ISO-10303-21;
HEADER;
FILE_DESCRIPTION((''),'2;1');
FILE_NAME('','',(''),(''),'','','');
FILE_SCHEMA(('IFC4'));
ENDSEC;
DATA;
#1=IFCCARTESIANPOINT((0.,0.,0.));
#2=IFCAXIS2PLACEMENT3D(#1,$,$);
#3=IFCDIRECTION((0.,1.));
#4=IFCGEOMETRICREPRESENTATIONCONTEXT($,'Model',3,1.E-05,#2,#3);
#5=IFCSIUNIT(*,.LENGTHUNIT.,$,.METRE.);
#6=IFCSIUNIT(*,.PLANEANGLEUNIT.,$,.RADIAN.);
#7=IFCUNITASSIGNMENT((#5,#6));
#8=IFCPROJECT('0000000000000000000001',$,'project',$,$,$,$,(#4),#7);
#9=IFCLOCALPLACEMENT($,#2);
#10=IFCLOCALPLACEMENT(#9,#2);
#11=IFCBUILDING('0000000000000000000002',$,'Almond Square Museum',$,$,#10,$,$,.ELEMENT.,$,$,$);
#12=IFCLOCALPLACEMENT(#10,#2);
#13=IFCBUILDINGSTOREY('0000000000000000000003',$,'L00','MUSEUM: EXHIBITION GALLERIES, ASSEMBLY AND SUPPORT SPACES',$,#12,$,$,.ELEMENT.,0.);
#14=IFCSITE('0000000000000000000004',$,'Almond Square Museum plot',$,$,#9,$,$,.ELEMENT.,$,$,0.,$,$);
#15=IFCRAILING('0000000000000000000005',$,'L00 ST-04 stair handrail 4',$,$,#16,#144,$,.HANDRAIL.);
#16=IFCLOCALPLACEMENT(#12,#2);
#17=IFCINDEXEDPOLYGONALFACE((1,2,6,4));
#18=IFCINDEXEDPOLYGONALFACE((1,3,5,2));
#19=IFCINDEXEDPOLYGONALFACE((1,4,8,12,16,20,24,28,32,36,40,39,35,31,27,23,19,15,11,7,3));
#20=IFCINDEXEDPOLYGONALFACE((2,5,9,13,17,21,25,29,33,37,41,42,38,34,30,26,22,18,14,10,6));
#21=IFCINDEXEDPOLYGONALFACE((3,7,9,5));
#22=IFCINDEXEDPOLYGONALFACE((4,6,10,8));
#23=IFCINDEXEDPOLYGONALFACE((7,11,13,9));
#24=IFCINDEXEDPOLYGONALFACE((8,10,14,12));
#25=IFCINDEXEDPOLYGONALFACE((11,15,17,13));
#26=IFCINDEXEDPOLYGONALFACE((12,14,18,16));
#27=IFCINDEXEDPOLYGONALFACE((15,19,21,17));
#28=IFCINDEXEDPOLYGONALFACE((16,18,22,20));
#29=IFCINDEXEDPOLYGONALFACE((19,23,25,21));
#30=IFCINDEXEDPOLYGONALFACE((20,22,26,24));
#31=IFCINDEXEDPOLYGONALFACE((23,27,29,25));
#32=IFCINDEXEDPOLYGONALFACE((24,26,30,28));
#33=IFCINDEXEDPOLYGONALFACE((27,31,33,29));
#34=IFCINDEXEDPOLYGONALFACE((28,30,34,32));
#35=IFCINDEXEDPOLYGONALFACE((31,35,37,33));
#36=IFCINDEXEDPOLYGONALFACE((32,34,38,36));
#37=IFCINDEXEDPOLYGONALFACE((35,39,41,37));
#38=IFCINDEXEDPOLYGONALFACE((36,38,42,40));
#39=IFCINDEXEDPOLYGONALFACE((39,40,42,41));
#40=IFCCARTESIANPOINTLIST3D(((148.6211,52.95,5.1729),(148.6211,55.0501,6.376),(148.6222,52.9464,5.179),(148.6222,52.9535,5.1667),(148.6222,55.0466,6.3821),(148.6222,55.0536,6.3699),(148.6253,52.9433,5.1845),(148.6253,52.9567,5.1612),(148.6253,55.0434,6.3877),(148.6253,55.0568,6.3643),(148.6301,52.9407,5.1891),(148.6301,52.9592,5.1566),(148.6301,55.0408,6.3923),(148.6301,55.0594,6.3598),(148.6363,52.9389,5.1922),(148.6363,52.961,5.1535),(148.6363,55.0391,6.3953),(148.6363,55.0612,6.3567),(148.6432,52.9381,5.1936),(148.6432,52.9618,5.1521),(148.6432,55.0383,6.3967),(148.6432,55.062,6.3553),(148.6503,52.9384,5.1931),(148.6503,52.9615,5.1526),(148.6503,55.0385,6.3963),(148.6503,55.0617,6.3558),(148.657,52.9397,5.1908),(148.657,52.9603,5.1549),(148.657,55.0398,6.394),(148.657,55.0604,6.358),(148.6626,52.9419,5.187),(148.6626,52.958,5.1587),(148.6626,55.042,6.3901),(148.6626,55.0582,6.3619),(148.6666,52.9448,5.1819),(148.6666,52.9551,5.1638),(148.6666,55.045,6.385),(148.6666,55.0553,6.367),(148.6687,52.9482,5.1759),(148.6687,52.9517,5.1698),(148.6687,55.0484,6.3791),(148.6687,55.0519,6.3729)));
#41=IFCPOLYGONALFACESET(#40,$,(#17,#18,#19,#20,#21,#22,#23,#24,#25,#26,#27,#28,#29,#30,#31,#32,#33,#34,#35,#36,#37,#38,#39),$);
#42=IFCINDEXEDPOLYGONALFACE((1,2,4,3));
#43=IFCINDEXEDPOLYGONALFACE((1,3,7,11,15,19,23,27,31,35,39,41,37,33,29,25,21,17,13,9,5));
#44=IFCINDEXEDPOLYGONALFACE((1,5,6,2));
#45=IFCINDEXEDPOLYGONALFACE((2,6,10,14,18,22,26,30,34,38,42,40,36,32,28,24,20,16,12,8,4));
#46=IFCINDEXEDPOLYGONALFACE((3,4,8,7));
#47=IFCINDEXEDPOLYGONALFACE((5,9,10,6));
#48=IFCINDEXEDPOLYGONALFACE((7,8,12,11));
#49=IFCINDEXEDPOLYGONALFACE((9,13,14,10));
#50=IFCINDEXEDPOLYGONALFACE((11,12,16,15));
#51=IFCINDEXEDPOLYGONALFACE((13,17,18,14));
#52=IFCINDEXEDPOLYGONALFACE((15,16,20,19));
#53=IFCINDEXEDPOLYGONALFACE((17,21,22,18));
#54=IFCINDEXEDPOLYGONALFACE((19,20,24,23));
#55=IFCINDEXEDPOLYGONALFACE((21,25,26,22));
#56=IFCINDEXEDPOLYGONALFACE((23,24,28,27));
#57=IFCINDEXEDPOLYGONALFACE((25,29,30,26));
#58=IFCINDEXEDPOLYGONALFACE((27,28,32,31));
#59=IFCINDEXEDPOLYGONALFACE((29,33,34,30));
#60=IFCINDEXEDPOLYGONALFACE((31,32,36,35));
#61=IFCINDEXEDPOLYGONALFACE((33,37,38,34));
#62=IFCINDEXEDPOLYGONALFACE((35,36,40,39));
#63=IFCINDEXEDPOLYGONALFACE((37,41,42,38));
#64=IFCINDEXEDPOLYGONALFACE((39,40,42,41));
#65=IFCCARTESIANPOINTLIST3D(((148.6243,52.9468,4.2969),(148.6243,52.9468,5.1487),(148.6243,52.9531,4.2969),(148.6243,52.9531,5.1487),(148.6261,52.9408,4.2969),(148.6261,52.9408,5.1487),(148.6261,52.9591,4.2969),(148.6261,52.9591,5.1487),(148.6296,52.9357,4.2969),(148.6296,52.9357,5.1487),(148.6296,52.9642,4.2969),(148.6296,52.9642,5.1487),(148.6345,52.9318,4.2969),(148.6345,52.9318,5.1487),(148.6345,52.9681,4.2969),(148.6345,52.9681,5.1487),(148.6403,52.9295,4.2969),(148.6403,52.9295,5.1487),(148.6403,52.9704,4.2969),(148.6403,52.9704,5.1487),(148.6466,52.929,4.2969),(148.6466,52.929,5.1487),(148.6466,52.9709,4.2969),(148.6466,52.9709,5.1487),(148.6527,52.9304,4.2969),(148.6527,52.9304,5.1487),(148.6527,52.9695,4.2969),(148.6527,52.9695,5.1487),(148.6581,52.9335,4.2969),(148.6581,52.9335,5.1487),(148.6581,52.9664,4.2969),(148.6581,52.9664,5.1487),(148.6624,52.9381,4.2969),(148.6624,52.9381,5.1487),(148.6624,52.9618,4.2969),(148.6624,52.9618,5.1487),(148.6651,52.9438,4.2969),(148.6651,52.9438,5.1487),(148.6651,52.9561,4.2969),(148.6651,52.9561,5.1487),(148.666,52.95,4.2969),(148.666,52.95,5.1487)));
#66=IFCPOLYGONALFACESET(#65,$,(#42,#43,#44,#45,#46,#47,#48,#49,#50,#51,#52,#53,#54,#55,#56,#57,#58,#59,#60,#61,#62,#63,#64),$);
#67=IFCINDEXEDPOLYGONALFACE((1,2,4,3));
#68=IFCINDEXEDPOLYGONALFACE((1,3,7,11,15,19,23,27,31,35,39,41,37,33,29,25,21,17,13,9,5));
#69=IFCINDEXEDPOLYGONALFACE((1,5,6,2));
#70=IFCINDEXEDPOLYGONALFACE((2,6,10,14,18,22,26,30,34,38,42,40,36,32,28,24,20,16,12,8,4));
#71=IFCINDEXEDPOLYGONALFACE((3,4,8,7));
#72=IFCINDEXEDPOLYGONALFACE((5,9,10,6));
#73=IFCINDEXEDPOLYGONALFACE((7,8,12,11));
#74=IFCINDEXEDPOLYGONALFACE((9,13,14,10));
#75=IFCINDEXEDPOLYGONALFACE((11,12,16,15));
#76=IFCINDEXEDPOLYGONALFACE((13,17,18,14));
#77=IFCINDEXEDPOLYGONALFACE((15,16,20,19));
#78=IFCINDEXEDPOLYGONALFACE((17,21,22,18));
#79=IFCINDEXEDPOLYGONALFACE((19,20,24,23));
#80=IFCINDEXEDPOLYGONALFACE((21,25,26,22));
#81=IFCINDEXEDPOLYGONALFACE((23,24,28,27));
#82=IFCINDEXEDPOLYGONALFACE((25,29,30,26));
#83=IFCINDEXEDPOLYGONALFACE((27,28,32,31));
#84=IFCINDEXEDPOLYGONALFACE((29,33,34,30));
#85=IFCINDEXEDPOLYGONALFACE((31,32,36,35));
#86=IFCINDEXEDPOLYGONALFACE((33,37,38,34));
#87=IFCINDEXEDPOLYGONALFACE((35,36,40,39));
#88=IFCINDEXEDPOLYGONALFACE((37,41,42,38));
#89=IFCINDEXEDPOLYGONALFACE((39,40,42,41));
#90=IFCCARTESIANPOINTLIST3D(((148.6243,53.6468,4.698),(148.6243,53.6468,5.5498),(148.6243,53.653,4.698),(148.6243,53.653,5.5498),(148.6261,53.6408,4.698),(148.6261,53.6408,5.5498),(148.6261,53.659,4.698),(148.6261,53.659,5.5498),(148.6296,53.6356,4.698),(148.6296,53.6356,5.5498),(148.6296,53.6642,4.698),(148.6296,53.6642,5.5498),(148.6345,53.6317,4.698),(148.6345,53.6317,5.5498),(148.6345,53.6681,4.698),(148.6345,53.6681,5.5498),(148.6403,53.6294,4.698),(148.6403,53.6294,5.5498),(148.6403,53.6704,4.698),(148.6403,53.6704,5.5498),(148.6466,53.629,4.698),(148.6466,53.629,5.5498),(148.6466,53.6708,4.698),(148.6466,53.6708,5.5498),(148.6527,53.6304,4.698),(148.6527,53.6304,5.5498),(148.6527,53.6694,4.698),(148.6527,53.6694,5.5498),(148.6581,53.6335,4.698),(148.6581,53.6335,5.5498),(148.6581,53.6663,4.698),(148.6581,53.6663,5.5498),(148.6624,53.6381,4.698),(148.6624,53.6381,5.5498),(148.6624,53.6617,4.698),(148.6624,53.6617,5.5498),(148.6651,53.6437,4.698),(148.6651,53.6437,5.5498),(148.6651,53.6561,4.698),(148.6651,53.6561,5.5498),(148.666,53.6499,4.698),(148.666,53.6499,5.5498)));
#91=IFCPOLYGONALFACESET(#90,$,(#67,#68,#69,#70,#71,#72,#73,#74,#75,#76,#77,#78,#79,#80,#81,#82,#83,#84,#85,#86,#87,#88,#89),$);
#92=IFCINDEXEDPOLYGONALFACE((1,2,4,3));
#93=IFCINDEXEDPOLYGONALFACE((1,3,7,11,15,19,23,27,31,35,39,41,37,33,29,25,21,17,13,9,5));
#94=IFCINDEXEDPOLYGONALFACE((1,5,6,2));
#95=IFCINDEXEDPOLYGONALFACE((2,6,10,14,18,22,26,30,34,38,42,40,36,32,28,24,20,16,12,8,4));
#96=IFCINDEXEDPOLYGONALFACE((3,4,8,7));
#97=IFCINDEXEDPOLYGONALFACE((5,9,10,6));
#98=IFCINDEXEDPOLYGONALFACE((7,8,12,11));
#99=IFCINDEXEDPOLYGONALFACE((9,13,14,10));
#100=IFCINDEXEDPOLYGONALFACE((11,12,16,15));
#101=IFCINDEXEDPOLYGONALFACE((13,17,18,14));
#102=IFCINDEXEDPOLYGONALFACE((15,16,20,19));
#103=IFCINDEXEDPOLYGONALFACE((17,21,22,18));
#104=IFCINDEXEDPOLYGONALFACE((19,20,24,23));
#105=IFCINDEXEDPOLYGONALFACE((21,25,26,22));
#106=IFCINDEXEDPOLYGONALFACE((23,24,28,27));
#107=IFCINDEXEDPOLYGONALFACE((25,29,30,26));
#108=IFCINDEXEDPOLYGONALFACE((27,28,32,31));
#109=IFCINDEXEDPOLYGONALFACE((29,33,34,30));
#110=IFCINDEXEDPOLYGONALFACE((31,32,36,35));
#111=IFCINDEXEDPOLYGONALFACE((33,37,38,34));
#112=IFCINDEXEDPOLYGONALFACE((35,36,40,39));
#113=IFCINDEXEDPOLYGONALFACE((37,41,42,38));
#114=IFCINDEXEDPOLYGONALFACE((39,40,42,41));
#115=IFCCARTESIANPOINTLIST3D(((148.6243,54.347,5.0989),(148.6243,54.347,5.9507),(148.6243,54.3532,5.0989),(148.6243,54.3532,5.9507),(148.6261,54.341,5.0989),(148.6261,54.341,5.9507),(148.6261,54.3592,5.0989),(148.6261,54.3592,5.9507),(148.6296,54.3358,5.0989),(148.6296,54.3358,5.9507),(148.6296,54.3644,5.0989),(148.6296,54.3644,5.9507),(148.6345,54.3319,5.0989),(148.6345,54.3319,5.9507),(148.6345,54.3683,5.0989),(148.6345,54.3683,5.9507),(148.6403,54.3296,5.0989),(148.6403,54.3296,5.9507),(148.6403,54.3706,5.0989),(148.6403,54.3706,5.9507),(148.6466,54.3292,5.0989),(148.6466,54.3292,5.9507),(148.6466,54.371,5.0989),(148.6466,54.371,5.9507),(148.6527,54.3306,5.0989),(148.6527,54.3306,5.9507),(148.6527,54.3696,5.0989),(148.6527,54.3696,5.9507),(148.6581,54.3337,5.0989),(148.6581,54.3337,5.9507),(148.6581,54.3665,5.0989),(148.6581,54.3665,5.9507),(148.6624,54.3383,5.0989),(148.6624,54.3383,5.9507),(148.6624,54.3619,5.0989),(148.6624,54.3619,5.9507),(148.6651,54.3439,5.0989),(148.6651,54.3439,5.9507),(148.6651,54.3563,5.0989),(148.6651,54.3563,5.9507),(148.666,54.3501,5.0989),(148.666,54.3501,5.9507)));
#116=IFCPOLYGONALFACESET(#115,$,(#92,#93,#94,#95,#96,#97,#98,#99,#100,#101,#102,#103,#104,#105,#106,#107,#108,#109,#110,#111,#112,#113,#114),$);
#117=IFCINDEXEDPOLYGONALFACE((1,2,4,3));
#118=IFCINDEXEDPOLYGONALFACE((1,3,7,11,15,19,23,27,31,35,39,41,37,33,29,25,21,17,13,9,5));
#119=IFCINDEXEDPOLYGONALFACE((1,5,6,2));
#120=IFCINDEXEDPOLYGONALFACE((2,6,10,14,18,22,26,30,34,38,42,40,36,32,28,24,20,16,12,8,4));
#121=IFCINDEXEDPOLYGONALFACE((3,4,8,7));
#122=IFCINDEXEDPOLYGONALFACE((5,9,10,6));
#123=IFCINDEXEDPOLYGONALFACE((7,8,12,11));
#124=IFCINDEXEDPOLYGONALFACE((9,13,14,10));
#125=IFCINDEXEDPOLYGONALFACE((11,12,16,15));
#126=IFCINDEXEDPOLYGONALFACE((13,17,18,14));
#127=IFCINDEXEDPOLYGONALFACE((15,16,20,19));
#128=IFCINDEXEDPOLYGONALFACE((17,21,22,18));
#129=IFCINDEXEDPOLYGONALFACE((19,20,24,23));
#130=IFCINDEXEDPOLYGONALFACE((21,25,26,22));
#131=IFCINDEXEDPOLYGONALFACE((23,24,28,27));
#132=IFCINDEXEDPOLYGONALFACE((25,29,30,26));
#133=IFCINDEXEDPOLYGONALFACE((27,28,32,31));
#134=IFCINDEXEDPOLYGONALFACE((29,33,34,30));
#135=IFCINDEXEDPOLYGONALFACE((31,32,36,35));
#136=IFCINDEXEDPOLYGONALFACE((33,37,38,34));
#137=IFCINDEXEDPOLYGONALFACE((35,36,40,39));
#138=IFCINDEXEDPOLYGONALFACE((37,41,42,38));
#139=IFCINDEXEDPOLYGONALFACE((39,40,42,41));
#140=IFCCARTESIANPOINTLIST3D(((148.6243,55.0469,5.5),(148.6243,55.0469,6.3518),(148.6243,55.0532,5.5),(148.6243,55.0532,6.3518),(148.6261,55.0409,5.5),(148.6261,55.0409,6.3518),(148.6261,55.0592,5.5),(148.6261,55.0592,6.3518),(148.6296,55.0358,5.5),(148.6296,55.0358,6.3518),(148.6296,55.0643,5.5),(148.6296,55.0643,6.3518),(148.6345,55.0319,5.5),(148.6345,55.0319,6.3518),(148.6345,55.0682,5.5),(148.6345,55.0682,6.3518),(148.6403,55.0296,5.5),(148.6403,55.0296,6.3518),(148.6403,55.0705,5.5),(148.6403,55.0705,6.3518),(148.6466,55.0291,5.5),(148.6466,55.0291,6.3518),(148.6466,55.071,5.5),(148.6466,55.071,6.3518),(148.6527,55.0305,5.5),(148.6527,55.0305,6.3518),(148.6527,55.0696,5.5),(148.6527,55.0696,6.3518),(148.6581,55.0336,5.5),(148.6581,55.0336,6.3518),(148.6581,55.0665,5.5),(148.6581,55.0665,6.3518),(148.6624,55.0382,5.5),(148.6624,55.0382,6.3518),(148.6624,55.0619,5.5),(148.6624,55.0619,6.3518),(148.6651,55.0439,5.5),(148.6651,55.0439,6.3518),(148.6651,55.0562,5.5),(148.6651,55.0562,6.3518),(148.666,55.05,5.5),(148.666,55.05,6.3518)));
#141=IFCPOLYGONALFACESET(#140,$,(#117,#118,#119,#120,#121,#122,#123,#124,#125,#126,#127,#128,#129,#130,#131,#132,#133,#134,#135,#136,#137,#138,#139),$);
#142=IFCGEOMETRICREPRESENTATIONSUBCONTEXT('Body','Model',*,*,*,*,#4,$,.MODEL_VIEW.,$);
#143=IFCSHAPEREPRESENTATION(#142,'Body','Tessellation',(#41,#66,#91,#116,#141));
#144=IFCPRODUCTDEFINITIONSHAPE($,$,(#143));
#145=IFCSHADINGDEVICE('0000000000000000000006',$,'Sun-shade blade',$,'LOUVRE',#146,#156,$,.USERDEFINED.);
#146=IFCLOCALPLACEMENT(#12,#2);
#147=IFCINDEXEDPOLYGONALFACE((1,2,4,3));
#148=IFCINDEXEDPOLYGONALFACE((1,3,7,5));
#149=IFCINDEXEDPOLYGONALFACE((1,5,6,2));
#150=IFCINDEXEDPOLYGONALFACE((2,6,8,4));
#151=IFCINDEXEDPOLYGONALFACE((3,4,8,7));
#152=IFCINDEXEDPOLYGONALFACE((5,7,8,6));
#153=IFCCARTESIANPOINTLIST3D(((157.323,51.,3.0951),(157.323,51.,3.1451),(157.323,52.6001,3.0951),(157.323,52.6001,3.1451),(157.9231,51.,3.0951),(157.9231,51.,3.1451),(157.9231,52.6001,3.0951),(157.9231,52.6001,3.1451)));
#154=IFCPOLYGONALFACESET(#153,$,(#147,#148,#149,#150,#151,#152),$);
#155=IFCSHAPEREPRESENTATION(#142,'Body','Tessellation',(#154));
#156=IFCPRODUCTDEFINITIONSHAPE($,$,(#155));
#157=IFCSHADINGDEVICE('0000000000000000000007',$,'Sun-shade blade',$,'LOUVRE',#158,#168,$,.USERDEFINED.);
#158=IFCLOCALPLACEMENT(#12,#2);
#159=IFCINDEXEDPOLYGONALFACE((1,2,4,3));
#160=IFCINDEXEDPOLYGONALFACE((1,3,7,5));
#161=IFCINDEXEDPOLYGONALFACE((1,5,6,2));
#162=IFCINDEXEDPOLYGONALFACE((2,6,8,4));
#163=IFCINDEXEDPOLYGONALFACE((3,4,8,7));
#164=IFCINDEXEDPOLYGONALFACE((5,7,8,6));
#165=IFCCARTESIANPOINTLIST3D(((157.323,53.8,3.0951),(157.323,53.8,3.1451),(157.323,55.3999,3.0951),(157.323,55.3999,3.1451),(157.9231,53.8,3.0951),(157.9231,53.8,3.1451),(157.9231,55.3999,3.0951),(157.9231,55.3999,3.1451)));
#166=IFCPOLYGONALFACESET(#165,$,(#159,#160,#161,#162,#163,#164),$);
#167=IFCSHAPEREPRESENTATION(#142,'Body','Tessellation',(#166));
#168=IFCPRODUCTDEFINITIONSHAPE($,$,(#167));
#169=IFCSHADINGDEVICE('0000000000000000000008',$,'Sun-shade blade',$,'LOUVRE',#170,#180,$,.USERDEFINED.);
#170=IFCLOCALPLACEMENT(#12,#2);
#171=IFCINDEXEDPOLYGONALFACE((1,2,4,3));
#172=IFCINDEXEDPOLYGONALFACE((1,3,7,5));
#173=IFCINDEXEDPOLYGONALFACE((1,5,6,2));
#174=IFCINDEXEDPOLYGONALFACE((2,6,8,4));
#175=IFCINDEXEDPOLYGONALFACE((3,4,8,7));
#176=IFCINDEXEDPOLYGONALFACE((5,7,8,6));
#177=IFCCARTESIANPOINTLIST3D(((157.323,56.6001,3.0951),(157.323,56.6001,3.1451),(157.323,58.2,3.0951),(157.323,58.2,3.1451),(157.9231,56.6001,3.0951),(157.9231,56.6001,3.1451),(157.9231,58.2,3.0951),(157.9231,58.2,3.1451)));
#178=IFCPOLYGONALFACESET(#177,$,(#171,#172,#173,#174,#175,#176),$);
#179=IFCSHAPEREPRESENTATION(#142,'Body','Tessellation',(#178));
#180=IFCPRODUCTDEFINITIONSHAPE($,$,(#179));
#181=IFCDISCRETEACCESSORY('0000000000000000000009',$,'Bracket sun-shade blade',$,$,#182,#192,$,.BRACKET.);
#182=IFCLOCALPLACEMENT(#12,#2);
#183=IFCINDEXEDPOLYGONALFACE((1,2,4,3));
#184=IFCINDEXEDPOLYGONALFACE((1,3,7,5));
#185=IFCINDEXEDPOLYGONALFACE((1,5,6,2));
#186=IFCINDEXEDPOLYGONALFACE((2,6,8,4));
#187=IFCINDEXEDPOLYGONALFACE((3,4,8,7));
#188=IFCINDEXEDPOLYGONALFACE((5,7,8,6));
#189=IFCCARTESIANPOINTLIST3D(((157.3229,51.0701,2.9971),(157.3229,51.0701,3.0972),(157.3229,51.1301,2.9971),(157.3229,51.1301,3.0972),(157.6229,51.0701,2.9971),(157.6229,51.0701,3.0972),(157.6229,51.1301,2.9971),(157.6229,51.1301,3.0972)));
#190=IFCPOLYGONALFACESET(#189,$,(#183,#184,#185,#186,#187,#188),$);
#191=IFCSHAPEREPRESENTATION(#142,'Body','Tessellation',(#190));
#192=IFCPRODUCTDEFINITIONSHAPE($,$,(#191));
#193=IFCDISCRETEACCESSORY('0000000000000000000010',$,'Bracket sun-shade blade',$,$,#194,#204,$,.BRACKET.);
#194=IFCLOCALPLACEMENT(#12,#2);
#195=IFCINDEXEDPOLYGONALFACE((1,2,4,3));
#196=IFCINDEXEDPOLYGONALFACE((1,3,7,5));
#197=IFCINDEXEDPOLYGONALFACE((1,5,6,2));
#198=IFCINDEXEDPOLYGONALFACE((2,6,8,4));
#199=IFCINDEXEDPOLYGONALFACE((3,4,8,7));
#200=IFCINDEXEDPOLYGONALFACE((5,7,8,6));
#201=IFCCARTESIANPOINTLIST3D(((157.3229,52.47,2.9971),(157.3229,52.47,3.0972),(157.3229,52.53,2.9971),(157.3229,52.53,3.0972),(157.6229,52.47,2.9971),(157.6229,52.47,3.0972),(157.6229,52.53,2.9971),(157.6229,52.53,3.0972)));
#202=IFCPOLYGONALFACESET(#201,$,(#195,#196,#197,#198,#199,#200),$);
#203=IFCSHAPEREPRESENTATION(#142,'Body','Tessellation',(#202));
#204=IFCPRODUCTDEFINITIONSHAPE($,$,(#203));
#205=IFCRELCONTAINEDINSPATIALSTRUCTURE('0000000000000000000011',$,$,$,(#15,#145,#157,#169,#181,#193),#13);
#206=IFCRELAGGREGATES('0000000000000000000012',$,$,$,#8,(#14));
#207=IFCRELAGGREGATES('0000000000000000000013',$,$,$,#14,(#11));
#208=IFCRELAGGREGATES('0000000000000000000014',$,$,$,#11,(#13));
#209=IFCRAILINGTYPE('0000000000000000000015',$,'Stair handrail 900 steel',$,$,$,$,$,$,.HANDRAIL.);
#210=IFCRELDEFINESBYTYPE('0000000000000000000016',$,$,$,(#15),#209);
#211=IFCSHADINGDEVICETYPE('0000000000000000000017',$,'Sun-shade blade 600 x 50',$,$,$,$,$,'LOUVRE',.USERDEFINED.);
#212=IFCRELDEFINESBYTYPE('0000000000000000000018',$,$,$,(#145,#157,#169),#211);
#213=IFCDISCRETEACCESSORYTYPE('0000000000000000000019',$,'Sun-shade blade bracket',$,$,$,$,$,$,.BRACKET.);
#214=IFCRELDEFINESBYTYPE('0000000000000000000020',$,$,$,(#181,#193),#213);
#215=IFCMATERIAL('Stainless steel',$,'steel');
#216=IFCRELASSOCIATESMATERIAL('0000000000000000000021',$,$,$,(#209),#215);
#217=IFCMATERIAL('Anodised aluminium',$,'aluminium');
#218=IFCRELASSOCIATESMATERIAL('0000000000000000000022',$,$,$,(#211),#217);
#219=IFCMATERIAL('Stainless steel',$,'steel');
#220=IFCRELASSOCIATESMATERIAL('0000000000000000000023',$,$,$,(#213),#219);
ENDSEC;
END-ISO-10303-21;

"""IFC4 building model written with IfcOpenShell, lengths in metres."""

from ifc_helpers import new_model, si_unit, direction, frame, origin, origin_2d, place, context, subcontext, project, spatial, rectangle, circle, extrude, material, material_profile, profile_set, type_object, element, save


model = new_model("IFC4")

# Units and contexts
model_context = context("Model", 3, precision=1e-05, world=origin(), true_north=direction((0.0, 1.0)))
body_context = subcontext(model_context, "Body", "Model", "MODEL_VIEW")
ifc_project = project(units=[si_unit("LENGTHUNIT", "METRE"), si_unit("PLANEANGLEUNIT", "RADIAN")], contexts=[model_context])

# Site, building, storey
site_placement = place(None, origin())
site = spatial("IfcSite", under=ifc_project, at=site_placement, Name="Almond Square Museum plot", CompositionType="ELEMENT", RefElevation=0.0)
building_placement = place(site_placement, origin())
building = spatial("IfcBuilding", under=site, at=building_placement, Name="Almond Square Museum", CompositionType="ELEMENT")
storey_placement = place(building_placement, origin())
storey = spatial("IfcBuildingStorey", under=building, at=storey_placement, Name="L00", Description="MUSEUM: EXHIBITION GALLERIES, ASSEMBLY AND SUPPORT SPACES", CompositionType="ELEMENT", Elevation=0.0)

# Railing
ifc_material_1 = material(Name="Stainless steel", Category="steel")
railing_type_1 = type_object("IfcRailingType", Name="Stair handrail 900 steel", PredefinedType="HANDRAIL", material=ifc_material_1)
for number, where, name in (
    (1, (148.645, 52.95, 4.2969), "L00 ST-04 stair handrail 4"),
):
    element("IfcRailing", number, at=place(storey_placement, frame(where)), inside=storey, type_object=railing_type_1, Name=name, PredefinedType="HANDRAIL", context=body_context, shape_type="SweptSolid", body=[
        extrude(circle(Radius=0.0239, at=origin_2d()), frame((0.0, 0.0, 0.876), z_axis=(0.0, 0.867696, 0.497095), x_axis=(-1.0, 0.0, 0.0)), (0.0, 0.0, 1.0), 2.4204),
        extrude(circle(Radius=0.021, at=origin_2d()), origin(), (0.0, 0.0, 1.0), 0.8518),
        extrude(circle(Radius=0.021, at=origin_2d()), frame((0.0, 0.7, 0.4011)), (0.0, 0.0, 1.0), 0.8518),
        extrude(circle(Radius=0.021, at=origin_2d()), frame((0.0, 1.4001, 0.802)), (0.0, 0.0, 1.0), 0.8518),
        extrude(circle(Radius=0.021, at=origin_2d()), frame((0.0, 2.1001, 1.2031)), (0.0, 0.0, 1.0), 0.8518),
    ])

# Shading devices
ifc_material_2 = material(Name="Anodised aluminium", Category="aluminium")
ifc_material_profile_1 = material_profile(ifc_material_2, rectangle(XDim=0.6001, YDim=0.05, at=origin_2d()))
ifc_profile_set_1 = profile_set([ifc_material_profile_1], Name="Anodised aluminium")
shading_device_type = type_object("IfcShadingDeviceType", Name="Sun-shade blade 600 x 50", ElementType="LOUVRE", PredefinedType="USERDEFINED", material=ifc_profile_set_1)
shading_device_placement = place(storey_placement, frame((157.623, 51.0, 3.1201), z_axis=(0.0, 1.0, 0.0), x_axis=(-1.0, 0.0, 0.0)))
element("IfcShadingDevice", 2, at=shading_device_placement, inside=storey, type_object=shading_device_type, Name="Sun-shade blade", ObjectType="LOUVRE", PredefinedType="USERDEFINED", context=body_context, shape_type="SweptSolid", body=[
    extrude(rectangle(XDim=0.6001, YDim=0.05, at=origin_2d()), origin(), (0.0, 0.0, 1.0), 1.6001),
])
for number, where, z_axis, x_axis, name in (
    (3, (157.623, 53.8, 3.1201), (0.0, 1.0, 0.0), (-1.0, 0.0, 0.0), "Sun-shade blade"),
    (4, (157.623, 56.6001, 3.1201), (0.0, 1.0, 0.0), (-1.0, 0.0, 0.0), "Sun-shade blade"),
):
    element("IfcShadingDevice", number, at=place(storey_placement, frame(where, z_axis=z_axis, x_axis=x_axis)), inside=storey, type_object=shading_device_type, Name=name, ObjectType="LOUVRE", PredefinedType="USERDEFINED", context=body_context, shape_type="SweptSolid", body=[
        extrude(rectangle(XDim=0.6001, YDim=0.05, at=origin_2d()), origin(), (0.0, 0.0, 1.0), 1.5999),
    ])

# Discrete accessories
ifc_material_3 = material(Name="Stainless steel", Category="steel")
discrete_accessory_type = type_object("IfcDiscreteAccessoryType", Name="Sun-shade blade bracket", PredefinedType="BRACKET", material=ifc_material_3)
for number, where, z_axis, x_axis, name in (
    (5, (157.4729, 51.1001, 2.9971), (0.0, 0.0, 1.0), (1.0, 0.0, 0.0), "Bracket sun-shade blade"),
    (6, (157.4729, 52.5, 2.9971), (0.0, 0.0, 1.0), (1.0, 0.0, 0.0), "Bracket sun-shade blade"),
):
    element("IfcDiscreteAccessory", number, at=place(storey_placement, frame(where, z_axis=z_axis, x_axis=x_axis)), inside=storey, type_object=discrete_accessory_type, Name=name, PredefinedType="BRACKET", context=body_context, shape_type="SweptSolid", body=[
        extrude(rectangle(XDim=0.3, YDim=0.0601, at=origin_2d()), origin(), (0.0, 0.0, 1.0), 0.1001),
    ])

save(model, "model.ifc")
